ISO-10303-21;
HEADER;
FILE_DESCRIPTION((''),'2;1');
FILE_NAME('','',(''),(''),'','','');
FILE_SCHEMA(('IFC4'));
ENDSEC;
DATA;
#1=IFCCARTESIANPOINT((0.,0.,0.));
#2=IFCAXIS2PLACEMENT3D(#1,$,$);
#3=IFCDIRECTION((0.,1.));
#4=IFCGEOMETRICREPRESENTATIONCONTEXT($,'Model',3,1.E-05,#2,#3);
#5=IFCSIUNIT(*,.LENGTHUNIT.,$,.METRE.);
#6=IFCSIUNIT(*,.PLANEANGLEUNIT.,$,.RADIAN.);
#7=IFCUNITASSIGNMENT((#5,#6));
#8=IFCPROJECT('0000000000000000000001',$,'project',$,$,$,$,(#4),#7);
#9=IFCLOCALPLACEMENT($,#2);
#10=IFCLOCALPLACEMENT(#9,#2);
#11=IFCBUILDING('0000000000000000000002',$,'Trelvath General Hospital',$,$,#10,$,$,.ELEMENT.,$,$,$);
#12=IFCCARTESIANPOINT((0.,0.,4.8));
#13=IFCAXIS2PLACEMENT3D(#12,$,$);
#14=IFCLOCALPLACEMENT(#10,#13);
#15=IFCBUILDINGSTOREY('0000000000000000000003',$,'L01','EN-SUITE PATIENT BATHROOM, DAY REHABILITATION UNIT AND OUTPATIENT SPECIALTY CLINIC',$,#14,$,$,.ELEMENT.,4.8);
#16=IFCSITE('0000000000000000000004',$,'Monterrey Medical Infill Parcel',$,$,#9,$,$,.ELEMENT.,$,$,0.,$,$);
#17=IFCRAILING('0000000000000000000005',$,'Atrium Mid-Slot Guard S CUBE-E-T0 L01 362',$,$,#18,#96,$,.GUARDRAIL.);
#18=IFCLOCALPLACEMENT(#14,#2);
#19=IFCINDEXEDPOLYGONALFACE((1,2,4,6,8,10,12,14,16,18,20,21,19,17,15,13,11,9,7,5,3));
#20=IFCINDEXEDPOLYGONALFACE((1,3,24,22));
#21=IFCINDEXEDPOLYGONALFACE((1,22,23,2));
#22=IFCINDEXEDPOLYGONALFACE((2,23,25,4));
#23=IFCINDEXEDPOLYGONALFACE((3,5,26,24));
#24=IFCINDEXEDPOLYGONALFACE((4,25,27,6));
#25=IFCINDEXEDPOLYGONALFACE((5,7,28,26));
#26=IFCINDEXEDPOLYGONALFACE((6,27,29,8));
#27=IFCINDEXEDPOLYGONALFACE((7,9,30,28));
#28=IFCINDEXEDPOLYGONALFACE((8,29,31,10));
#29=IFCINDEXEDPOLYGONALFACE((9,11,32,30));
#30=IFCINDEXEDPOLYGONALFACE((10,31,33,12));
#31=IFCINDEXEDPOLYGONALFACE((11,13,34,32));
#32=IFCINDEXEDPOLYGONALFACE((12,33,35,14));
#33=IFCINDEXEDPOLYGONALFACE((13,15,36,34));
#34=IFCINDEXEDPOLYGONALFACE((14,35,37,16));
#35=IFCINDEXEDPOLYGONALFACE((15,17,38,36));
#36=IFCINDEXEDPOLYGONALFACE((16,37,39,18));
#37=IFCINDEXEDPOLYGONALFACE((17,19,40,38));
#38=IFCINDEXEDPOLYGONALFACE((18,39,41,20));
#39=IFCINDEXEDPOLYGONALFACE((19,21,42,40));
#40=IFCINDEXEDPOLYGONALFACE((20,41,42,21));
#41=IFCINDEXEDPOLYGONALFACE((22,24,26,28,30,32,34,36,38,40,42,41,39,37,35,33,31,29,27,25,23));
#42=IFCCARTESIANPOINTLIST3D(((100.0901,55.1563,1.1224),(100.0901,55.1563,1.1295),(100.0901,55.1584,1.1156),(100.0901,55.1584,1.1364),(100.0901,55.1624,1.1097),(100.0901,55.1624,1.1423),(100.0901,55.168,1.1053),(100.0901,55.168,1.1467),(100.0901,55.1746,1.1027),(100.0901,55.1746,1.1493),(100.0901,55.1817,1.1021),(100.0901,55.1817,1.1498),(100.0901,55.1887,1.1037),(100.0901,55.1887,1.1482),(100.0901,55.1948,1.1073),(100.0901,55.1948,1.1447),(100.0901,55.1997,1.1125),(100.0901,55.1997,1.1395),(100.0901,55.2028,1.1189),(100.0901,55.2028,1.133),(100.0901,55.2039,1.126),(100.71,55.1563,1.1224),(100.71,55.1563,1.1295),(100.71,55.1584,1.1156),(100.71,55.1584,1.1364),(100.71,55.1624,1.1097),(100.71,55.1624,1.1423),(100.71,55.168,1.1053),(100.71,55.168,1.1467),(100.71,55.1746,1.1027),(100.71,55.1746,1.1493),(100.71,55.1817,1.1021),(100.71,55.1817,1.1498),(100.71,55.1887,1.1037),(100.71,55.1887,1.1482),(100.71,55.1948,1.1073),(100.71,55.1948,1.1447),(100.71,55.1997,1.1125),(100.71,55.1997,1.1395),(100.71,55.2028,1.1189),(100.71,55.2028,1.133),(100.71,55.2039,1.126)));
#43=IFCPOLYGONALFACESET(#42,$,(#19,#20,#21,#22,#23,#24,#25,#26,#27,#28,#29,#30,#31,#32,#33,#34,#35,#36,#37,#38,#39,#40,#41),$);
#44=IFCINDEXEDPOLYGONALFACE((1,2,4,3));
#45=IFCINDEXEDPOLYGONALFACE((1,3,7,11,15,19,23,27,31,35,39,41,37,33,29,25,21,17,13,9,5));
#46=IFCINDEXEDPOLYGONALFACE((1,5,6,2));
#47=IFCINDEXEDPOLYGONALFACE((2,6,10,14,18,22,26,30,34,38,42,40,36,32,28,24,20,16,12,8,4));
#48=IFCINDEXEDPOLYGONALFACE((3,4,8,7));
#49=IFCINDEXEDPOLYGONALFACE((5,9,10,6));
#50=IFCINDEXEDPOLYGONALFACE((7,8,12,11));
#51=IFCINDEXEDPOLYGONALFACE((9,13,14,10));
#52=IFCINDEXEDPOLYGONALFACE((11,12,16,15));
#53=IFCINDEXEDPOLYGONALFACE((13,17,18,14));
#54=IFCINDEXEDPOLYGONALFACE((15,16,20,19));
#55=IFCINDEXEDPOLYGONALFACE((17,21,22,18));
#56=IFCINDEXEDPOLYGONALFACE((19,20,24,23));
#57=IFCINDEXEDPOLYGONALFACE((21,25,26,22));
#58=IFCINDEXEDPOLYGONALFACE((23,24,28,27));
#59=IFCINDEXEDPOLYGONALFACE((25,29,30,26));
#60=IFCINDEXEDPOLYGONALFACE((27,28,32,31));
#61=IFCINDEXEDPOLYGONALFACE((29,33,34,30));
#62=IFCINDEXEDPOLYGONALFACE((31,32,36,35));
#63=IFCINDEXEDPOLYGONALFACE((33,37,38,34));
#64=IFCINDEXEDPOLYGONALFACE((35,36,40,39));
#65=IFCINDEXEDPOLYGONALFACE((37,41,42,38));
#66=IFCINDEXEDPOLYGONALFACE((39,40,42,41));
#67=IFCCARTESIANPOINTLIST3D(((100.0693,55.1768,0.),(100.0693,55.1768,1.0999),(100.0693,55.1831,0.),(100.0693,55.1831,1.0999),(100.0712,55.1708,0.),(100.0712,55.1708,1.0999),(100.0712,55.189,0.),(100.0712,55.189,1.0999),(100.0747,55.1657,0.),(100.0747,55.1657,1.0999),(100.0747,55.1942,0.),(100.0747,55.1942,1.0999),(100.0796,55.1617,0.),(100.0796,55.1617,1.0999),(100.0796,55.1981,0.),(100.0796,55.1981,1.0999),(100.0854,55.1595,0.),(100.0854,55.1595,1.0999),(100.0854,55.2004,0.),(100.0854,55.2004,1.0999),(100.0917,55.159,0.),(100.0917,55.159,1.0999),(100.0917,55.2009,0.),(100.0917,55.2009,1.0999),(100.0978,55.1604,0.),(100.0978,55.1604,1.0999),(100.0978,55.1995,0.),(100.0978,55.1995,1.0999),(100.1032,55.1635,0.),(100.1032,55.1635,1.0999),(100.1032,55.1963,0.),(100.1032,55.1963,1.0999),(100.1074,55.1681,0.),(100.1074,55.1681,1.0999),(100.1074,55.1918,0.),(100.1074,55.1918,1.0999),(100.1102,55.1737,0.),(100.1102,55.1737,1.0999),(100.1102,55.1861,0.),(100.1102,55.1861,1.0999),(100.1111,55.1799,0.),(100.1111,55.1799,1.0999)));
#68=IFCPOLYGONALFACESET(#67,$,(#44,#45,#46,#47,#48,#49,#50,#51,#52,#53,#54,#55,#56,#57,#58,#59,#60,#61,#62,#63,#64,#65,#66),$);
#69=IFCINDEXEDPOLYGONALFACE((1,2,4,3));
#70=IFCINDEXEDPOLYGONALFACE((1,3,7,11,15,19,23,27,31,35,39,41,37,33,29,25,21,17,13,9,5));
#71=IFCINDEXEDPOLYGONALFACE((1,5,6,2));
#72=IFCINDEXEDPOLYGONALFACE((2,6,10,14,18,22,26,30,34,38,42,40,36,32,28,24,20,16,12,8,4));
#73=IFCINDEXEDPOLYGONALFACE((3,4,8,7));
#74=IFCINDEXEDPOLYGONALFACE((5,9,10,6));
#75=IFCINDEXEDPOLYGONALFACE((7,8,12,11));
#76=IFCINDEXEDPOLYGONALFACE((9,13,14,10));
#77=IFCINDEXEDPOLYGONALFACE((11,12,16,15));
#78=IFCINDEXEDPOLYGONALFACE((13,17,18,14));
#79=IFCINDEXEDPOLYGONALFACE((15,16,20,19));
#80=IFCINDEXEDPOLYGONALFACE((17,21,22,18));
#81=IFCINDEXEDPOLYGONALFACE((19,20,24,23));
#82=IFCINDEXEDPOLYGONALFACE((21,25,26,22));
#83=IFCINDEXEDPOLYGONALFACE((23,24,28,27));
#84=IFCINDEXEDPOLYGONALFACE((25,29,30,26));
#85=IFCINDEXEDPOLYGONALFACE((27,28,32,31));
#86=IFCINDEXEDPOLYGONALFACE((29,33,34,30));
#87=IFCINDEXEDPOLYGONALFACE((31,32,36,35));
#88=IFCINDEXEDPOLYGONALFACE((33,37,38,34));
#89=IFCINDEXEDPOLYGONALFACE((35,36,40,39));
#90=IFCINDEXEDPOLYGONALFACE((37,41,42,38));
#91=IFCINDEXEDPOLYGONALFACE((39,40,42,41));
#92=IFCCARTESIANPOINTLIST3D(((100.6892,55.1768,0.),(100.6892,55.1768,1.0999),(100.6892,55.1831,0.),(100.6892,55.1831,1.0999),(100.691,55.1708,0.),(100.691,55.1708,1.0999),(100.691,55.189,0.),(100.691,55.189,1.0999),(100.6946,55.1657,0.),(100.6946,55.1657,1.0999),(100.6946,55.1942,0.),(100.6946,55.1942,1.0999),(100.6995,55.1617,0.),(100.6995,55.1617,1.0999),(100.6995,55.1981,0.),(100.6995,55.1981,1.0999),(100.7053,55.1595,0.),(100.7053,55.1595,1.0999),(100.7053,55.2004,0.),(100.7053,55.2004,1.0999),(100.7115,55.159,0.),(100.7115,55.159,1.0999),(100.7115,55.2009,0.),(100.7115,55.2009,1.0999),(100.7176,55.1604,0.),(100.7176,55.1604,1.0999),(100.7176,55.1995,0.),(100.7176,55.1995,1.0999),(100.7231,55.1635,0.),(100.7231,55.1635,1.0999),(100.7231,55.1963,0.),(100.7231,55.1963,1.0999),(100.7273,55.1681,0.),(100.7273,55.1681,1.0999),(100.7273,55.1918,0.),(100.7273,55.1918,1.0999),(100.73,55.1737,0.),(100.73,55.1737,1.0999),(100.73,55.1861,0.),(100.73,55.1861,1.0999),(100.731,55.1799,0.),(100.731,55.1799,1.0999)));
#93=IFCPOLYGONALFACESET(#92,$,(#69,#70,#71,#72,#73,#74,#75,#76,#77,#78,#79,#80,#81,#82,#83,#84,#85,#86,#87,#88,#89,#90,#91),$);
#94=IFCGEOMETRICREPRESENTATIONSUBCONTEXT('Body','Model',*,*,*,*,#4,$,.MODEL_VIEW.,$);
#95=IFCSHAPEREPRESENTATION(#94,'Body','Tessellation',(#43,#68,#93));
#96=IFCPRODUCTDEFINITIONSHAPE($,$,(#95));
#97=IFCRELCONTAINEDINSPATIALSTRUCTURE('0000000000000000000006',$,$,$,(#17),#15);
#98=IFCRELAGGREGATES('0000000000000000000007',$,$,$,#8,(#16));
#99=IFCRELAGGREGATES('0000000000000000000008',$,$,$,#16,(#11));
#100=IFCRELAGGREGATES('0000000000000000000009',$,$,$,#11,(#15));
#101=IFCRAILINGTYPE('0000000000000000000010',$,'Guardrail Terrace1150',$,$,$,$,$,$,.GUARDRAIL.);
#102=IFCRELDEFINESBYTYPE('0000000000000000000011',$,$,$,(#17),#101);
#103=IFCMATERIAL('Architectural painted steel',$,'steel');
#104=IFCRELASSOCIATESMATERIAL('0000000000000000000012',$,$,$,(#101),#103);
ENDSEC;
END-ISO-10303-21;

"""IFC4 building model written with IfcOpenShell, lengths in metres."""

from ifc_helpers import new_model, si_unit, direction, frame, origin, origin_2d, place, context, subcontext, project, spatial, circle, extrude, material, type_object, element, save


model = new_model("IFC4")

# Units and contexts
model_context = context("Model", 3, precision=1e-05, world=origin(), true_north=direction((0.0, 1.0)))
body_context = subcontext(model_context, "Body", "Model", "MODEL_VIEW")
ifc_project = project(units=[si_unit("LENGTHUNIT", "METRE"), si_unit("PLANEANGLEUNIT", "RADIAN")], contexts=[model_context])

# Site, building, storey
site_placement = place(None, origin())
site = spatial("IfcSite", under=ifc_project, at=site_placement, Name="Monterrey Medical Infill Parcel", CompositionType="ELEMENT", RefElevation=0.0)
building_placement = place(site_placement, origin())
building = spatial("IfcBuilding", under=site, at=building_placement, Name="Trelvath General Hospital", CompositionType="ELEMENT")
storey_placement = place(building_placement, frame((0.0, 0.0, 4.8)))
storey = spatial("IfcBuildingStorey", under=building, at=storey_placement, Name="L01", Description="EN-SUITE PATIENT BATHROOM, DAY REHABILITATION UNIT AND OUTPATIENT SPECIALTY CLINIC", CompositionType="ELEMENT", Elevation=4.8)

# Railing
ifc_material_1 = material(Name="Architectural painted steel", Category="steel")
railing_type = type_object("IfcRailingType", Name="Guardrail Terrace1150", PredefinedType="GUARDRAIL", material=ifc_material_1)
railing_1_placement = place(storey_placement, frame((100.0901, 55.1799, 0.0)))
element("IfcRailing", 1, at=railing_1_placement, inside=storey, type_object=railing_type, Name="Atrium Mid-Slot Guard S CUBE-E-T0 L01 362", PredefinedType="GUARDRAIL", context=body_context, shape_type="SweptSolid", body=[
    extrude(circle(Radius=0.0239, at=origin_2d()), frame((0.0, 0.0, 1.126), z_axis=(1.0, 0.0, 0.0), x_axis=(0.0, 1.0, 0.0)), (0.0, 0.0, 1.0), 0.6199),
    extrude(circle(Radius=0.021, at=origin_2d()), origin(), (0.0, 0.0, 1.0), 1.0999),
    extrude(circle(Radius=0.021, at=origin_2d()), frame((0.6199, 0.0, 0.0)), (0.0, 0.0, 1.0), 1.0999),
])

save(model, "model.ifc")
